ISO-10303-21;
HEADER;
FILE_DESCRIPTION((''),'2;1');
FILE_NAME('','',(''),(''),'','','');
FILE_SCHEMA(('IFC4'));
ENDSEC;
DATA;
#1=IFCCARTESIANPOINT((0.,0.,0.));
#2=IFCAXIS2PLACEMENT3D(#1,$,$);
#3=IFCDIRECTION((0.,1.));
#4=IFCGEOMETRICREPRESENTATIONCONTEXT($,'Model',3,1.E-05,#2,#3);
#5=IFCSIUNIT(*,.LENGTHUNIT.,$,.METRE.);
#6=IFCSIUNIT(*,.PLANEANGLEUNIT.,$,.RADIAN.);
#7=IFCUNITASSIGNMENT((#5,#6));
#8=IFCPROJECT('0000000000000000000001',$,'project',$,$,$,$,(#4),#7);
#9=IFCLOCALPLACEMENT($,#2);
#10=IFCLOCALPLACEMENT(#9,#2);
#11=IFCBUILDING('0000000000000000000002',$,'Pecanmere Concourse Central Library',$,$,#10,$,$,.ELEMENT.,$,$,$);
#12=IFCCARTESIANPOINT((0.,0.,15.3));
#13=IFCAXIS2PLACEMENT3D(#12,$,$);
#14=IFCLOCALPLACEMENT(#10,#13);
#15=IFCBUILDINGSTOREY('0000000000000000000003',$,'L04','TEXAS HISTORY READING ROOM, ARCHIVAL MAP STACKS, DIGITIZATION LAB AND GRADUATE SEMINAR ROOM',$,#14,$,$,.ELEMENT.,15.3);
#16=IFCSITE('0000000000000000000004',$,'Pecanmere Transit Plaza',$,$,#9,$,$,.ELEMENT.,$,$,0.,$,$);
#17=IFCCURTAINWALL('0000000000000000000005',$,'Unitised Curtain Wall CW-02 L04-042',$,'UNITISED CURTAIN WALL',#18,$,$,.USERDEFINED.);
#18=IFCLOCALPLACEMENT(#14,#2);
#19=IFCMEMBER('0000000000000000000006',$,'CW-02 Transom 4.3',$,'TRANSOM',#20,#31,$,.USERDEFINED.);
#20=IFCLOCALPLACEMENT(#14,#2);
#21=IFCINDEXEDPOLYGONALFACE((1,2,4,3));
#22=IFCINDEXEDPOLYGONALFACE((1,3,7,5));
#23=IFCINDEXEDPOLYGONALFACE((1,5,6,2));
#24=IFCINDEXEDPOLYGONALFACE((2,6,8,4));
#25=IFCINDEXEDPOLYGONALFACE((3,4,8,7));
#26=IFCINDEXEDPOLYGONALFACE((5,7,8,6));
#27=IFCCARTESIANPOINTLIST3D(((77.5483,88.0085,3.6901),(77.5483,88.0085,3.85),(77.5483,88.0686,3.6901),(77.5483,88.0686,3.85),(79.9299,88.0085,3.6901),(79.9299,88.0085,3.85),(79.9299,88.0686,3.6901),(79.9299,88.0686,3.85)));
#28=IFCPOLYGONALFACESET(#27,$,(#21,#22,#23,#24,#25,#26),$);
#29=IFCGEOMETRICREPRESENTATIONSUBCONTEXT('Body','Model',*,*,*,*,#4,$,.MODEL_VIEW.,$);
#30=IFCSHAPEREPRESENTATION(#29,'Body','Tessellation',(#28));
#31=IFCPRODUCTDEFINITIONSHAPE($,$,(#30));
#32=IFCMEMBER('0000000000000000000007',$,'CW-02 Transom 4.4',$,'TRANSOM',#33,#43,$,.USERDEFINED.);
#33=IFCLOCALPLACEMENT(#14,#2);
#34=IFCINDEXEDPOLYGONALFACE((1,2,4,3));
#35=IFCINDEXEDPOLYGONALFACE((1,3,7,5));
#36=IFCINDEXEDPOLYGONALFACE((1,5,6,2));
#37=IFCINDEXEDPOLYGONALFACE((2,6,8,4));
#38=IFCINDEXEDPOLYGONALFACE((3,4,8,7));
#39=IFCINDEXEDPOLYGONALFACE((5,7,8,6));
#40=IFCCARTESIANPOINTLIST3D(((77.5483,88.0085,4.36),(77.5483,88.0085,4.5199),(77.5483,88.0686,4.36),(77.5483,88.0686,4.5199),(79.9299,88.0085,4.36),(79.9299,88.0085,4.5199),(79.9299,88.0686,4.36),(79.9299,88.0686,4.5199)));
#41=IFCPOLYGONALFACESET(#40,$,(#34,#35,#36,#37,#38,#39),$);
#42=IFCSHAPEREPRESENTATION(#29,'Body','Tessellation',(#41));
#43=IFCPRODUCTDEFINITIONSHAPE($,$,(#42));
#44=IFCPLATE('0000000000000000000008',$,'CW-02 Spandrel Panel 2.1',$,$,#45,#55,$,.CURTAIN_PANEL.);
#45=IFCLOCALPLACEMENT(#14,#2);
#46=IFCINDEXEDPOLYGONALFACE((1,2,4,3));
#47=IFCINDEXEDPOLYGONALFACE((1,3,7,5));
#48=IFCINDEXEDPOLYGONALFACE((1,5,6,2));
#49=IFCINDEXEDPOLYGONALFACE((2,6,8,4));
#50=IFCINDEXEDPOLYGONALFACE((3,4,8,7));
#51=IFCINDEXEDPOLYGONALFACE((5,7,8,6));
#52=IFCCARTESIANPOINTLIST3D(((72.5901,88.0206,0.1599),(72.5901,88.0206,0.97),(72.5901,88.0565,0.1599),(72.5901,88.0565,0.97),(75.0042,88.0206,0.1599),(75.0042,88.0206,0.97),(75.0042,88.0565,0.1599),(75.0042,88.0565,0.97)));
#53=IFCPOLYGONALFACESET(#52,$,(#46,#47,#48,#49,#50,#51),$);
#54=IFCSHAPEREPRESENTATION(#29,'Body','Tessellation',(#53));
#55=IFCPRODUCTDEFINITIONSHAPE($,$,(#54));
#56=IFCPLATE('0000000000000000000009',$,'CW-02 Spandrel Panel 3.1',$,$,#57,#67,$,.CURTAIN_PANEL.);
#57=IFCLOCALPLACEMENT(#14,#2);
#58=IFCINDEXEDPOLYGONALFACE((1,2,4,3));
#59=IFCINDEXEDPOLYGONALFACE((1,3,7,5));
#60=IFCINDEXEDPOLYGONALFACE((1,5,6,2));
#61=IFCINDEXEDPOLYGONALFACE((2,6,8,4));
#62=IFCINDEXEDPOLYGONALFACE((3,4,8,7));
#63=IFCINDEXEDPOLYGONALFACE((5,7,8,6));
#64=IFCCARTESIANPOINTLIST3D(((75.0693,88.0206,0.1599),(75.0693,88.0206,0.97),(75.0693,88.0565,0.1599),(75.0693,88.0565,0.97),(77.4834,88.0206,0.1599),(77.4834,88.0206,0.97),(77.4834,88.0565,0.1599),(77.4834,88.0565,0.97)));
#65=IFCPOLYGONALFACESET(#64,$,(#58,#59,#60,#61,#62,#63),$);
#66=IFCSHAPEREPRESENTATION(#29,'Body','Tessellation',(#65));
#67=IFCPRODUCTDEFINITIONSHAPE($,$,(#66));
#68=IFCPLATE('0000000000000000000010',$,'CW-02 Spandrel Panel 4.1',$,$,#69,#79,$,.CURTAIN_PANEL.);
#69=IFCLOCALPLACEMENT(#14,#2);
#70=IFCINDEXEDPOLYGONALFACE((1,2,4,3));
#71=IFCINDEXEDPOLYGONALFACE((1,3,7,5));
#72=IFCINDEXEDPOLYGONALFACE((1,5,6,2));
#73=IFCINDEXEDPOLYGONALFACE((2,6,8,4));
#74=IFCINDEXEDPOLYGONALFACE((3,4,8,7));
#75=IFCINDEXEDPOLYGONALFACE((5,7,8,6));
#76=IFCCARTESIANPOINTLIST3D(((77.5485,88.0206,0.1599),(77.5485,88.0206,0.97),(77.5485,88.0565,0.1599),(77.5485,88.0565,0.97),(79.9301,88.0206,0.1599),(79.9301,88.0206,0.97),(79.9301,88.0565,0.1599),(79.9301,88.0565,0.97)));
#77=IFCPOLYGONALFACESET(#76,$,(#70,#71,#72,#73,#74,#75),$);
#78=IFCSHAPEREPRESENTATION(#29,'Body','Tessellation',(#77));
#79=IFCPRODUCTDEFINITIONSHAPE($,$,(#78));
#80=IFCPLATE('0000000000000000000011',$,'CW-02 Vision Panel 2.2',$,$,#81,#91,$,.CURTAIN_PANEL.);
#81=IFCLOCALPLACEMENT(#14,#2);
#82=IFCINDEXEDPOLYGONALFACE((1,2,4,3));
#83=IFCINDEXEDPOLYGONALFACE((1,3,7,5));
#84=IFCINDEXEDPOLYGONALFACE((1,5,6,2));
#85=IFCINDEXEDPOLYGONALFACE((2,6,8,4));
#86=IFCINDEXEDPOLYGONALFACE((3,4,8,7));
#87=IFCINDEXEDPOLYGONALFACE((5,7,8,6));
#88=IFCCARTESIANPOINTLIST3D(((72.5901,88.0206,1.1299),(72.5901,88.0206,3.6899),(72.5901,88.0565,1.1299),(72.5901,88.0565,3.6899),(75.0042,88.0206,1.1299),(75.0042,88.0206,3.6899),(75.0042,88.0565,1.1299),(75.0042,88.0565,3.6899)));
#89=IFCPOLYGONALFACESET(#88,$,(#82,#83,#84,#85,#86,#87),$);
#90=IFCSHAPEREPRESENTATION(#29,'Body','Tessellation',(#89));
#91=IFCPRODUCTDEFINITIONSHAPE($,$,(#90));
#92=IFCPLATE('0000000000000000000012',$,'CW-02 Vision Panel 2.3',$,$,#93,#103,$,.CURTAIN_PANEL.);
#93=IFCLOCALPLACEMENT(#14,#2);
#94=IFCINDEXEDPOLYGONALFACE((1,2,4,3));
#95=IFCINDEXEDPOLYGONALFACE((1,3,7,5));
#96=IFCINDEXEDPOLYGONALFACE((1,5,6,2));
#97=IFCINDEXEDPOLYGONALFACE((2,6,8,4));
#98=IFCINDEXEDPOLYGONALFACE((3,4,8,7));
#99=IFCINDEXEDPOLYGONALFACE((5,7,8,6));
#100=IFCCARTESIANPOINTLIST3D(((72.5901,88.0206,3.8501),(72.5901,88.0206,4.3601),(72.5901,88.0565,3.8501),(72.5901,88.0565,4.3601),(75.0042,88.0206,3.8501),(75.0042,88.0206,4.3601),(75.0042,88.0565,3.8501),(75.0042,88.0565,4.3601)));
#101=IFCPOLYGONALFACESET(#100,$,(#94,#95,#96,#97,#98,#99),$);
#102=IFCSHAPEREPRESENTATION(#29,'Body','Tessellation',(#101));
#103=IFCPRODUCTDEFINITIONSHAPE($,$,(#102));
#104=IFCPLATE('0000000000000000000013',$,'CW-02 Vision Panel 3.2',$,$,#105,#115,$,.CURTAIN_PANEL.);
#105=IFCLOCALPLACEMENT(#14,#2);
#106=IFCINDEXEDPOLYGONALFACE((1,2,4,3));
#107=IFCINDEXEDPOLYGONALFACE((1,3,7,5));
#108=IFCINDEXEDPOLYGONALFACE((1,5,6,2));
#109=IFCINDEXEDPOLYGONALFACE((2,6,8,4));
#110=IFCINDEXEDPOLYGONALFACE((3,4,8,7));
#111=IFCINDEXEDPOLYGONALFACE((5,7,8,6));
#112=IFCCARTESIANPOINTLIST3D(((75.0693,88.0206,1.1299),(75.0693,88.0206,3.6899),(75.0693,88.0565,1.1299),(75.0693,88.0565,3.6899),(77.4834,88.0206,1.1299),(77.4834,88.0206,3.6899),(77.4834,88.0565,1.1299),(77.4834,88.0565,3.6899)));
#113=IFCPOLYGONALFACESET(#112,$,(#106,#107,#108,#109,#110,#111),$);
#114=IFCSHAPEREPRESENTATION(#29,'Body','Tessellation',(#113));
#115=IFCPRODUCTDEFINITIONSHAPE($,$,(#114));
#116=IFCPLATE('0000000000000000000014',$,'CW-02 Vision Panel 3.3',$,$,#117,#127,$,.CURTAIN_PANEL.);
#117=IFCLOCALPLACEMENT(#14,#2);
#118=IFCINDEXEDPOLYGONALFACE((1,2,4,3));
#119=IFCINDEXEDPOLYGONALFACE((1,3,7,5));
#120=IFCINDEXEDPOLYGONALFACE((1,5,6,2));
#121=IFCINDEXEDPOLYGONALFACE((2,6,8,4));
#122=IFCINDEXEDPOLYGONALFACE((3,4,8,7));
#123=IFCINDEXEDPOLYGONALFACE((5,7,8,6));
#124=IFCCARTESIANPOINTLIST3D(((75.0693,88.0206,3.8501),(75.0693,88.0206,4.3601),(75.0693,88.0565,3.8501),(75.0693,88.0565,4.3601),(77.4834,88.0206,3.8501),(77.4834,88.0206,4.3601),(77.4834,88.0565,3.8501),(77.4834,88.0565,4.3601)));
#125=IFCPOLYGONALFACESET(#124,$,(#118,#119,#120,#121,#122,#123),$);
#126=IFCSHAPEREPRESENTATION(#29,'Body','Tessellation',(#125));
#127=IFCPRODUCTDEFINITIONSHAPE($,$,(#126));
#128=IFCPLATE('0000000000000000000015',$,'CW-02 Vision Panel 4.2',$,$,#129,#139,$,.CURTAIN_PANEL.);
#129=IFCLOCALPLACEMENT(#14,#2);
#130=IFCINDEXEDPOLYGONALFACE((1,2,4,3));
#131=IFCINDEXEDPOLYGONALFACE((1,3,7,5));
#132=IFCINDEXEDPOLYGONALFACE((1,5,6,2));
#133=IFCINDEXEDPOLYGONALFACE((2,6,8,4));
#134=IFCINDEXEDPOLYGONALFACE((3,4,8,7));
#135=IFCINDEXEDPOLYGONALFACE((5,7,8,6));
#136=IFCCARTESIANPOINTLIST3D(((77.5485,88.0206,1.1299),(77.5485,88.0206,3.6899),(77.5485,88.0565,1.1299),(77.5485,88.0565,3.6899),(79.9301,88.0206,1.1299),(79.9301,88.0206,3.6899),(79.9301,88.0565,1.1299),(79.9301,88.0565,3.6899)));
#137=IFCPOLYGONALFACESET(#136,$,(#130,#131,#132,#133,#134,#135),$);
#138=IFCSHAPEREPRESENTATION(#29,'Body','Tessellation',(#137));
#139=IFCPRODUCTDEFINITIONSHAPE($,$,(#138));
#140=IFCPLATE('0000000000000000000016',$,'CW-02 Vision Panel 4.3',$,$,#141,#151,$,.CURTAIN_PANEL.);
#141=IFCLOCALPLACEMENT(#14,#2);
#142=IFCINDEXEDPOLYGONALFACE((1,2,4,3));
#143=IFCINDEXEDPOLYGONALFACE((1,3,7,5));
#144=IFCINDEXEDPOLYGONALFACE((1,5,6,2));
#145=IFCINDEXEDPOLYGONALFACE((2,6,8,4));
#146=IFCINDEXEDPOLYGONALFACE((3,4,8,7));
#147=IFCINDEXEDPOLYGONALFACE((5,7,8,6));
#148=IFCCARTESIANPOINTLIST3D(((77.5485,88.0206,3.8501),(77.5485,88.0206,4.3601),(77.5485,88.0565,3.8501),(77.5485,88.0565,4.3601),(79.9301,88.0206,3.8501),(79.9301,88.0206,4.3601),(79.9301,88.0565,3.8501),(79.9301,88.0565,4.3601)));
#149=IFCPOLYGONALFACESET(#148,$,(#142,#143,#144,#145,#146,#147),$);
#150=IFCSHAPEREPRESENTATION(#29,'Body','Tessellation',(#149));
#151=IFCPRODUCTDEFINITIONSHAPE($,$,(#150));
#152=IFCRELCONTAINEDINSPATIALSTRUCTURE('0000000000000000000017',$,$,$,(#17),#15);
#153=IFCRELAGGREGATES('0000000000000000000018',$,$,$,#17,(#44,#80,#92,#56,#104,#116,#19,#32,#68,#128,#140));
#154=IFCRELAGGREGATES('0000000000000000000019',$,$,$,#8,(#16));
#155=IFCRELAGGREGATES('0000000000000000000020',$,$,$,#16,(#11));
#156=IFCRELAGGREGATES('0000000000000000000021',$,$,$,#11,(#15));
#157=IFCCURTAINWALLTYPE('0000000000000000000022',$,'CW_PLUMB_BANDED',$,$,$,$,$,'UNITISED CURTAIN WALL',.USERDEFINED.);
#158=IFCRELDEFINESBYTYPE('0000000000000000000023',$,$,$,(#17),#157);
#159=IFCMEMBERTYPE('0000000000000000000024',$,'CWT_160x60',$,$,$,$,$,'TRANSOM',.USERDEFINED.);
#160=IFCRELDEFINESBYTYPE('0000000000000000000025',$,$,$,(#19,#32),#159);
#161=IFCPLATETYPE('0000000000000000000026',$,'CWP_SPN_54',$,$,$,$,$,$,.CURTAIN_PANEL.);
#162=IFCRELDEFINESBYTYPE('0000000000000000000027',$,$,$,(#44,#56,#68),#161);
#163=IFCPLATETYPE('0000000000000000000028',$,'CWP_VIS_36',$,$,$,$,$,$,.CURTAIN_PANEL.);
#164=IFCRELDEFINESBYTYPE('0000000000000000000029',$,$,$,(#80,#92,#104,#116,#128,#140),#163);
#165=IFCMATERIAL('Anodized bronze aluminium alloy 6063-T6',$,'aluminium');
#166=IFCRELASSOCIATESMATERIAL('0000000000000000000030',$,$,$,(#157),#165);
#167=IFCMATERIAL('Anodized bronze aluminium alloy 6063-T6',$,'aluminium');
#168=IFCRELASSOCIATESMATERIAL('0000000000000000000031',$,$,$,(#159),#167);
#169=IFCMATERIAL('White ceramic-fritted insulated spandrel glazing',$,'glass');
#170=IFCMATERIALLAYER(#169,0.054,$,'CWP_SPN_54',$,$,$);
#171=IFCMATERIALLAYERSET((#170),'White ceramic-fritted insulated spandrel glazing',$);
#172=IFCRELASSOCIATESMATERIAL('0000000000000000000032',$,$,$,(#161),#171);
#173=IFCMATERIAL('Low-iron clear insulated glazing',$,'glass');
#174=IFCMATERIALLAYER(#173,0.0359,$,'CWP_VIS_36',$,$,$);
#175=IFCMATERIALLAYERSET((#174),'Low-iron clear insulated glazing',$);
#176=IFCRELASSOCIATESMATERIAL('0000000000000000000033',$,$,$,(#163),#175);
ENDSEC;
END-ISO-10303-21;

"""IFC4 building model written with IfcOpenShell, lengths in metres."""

from ifc_helpers import new_model, si_unit, direction, frame, origin, origin_2d, place, context, subcontext, project, spatial, rectangle, extrude, material, layer, layer_set, material_profile, profile_set, type_object, element, aggregate, save


model = new_model("IFC4")

# Units and contexts
model_context = context("Model", 3, precision=1e-05, world=origin(), true_north=direction((0.0, 1.0)))
body_context = subcontext(model_context, "Body", "Model", "MODEL_VIEW")
ifc_project = project(units=[si_unit("LENGTHUNIT", "METRE"), si_unit("PLANEANGLEUNIT", "RADIAN")], contexts=[model_context])

# Site, building, storey
site_placement = place(None, origin())
site = spatial("IfcSite", under=ifc_project, at=site_placement, Name="Pecanmere Transit Plaza", CompositionType="ELEMENT", RefElevation=0.0)
building_placement = place(site_placement, origin())
building = spatial("IfcBuilding", under=site, at=building_placement, Name="Pecanmere Concourse Central Library", CompositionType="ELEMENT")
storey_placement = place(building_placement, frame((0.0, 0.0, 15.3)))
storey = spatial("IfcBuildingStorey", under=building, at=storey_placement, Name="L04", Description="TEXAS HISTORY READING ROOM, ARCHIVAL MAP STACKS, DIGITIZATION LAB AND GRADUATE SEMINAR ROOM", CompositionType="ELEMENT", Elevation=15.3)

# Curtain wall
ifc_material_1 = material(Name="Anodized bronze aluminium alloy 6063-T6", Category="aluminium")
curtain_wall_type = type_object("IfcCurtainWallType", Name="CW_PLUMB_BANDED", ElementType="UNITISED CURTAIN WALL", PredefinedType="USERDEFINED", material=ifc_material_1)
curtain_wall_1_placement = place(storey_placement, origin())
curtain_wall_1 = element("IfcCurtainWall", 1, at=curtain_wall_1_placement, inside=storey, type_object=curtain_wall_type, Name="Unitised Curtain Wall CW-02 L04-042", ObjectType="UNITISED CURTAIN WALL", PredefinedType="USERDEFINED")

# Members
ifc_material_2 = material(Name="Anodized bronze aluminium alloy 6063-T6", Category="aluminium")
ifc_material_profile_1 = material_profile(ifc_material_2, rectangle(XDim=0.0601, YDim=0.1599, at=origin_2d()), Name="AL 60x160")
ifc_profile_set_1 = profile_set([ifc_material_profile_1], Name="Anodized bronze aluminium alloy 6063-T6")
member_type_1 = type_object("IfcMemberType", Name="CWT_160x60", ElementType="TRANSOM", PredefinedType="USERDEFINED", material=ifc_profile_set_1)
member_1_placement = place(storey_placement, frame((77.5483, 88.0386, 3.77), z_axis=(1.0, 0.0, 0.0), x_axis=(0.0, 1.0, 0.0)))
member_1 = element("IfcMember", 2, at=member_1_placement, type_object=member_type_1, Name="CW-02 Transom 4.3", ObjectType="TRANSOM", PredefinedType="USERDEFINED", context=body_context, shape_type="SweptSolid", body=[
    extrude(rectangle(XDim=0.0601, YDim=0.1599, at=origin_2d()), origin(), (0.0, 0.0, 1.0), 2.3816),
])
member_2_placement = place(storey_placement, frame((77.5483, 88.0386, 4.4399), z_axis=(1.0, 0.0, 0.0), x_axis=(0.0, 1.0, 0.0)))
member_2 = element("IfcMember", 3, at=member_2_placement, type_object=member_type_1, Name="CW-02 Transom 4.4", ObjectType="TRANSOM", PredefinedType="USERDEFINED", context=body_context, shape_type="SweptSolid", body=[
    extrude(rectangle(XDim=0.0601, YDim=0.1599, at=origin_2d()), origin(), (0.0, 0.0, 1.0), 2.3816),
])

# Plates
ifc_material_3 = material(Name="White ceramic-fritted insulated spandrel glazing", Category="glass")
ifc_layer_1 = layer(ifc_material_3, 0.054, Name="CWP_SPN_54")
ifc_layer_set_1 = layer_set([ifc_layer_1], Name="White ceramic-fritted insulated spandrel glazing")
plate_type_1 = type_object("IfcPlateType", Name="CWP_SPN_54", PredefinedType="CURTAIN_PANEL", material=ifc_layer_set_1)
plate_1_placement = place(storey_placement, frame((73.7971, 88.0386, 0.1599), z_axis=(0.0, 0.0, 1.0), x_axis=(1.0, 0.0, 0.0)))
plate_1 = element("IfcPlate", 4, at=plate_1_placement, type_object=plate_type_1, Name="CW-02 Spandrel Panel 2.1", PredefinedType="CURTAIN_PANEL", context=body_context, shape_type="SweptSolid", body=[
    extrude(rectangle(XDim=2.4141, YDim=0.0359, at=origin_2d()), origin(), (0.0, 0.0, 1.0), 0.8101),
])
plate_2_placement = place(storey_placement, frame((76.2764, 88.0386, 0.1599), z_axis=(0.0, 0.0, 1.0), x_axis=(1.0, 0.0, 0.0)))
plate_2 = element("IfcPlate", 5, at=plate_2_placement, type_object=plate_type_1, Name="CW-02 Spandrel Panel 3.1", PredefinedType="CURTAIN_PANEL", context=body_context, shape_type="SweptSolid", body=[
    extrude(rectangle(XDim=2.4141, YDim=0.0359, at=origin_2d()), origin(), (0.0, 0.0, 1.0), 0.8101),
])
plate_3_placement = place(storey_placement, frame((78.7393, 88.0386, 0.1599), z_axis=(0.0, 0.0, 1.0), x_axis=(1.0, 0.0, 0.0)))
plate_3 = element("IfcPlate", 6, at=plate_3_placement, type_object=plate_type_1, Name="CW-02 Spandrel Panel 4.1", PredefinedType="CURTAIN_PANEL", context=body_context, shape_type="SweptSolid", body=[
    extrude(rectangle(XDim=2.3816, YDim=0.0359, at=origin_2d()), origin(), (0.0, 0.0, 1.0), 0.8101),
])
ifc_material_4 = material(Name="Low-iron clear insulated glazing", Category="glass")
ifc_layer_2 = layer(ifc_material_4, 0.0359, Name="CWP_VIS_36")
ifc_layer_set_2 = layer_set([ifc_layer_2], Name="Low-iron clear insulated glazing")
plate_type_2 = type_object("IfcPlateType", Name="CWP_VIS_36", PredefinedType="CURTAIN_PANEL", material=ifc_layer_set_2)
plate_4_placement = place(storey_placement, frame((73.7971, 88.0386, 1.1299), z_axis=(0.0, 0.0, 1.0), x_axis=(1.0, 0.0, 0.0)))
plate_4 = element("IfcPlate", 7, at=plate_4_placement, type_object=plate_type_2, Name="CW-02 Vision Panel 2.2", PredefinedType="CURTAIN_PANEL", context=body_context, shape_type="SweptSolid", body=[
    extrude(rectangle(XDim=2.4141, YDim=0.0359, at=origin_2d()), origin(), (0.0, 0.0, 1.0), 2.5601),
])
plate_5_placement = place(storey_placement, frame((73.7971, 88.0386, 3.8501), z_axis=(0.0, 0.0, 1.0), x_axis=(1.0, 0.0, 0.0)))
plate_5 = element("IfcPlate", 8, at=plate_5_placement, type_object=plate_type_2, Name="CW-02 Vision Panel 2.3", PredefinedType="CURTAIN_PANEL", context=body_context, shape_type="SweptSolid", body=[
    extrude(rectangle(XDim=2.4141, YDim=0.0359, at=origin_2d()), origin(), (0.0, 0.0, 1.0), 0.51),
])
plate_6_placement = place(storey_placement, frame((76.2764, 88.0386, 1.1299), z_axis=(0.0, 0.0, 1.0), x_axis=(1.0, 0.0, 0.0)))
plate_6 = element("IfcPlate", 9, at=plate_6_placement, type_object=plate_type_2, Name="CW-02 Vision Panel 3.2", PredefinedType="CURTAIN_PANEL", context=body_context, shape_type="SweptSolid", body=[
    extrude(rectangle(XDim=2.4141, YDim=0.0359, at=origin_2d()), origin(), (0.0, 0.0, 1.0), 2.5601),
])
plate_7_placement = place(storey_placement, frame((76.2764, 88.0386, 3.8501), z_axis=(0.0, 0.0, 1.0), x_axis=(1.0, 0.0, 0.0)))
plate_7 = element("IfcPlate", 10, at=plate_7_placement, type_object=plate_type_2, Name="CW-02 Vision Panel 3.3", PredefinedType="CURTAIN_PANEL", context=body_context, shape_type="SweptSolid", body=[
    extrude(rectangle(XDim=2.4141, YDim=0.0359, at=origin_2d()), origin(), (0.0, 0.0, 1.0), 0.51),
])
plate_8_placement = place(storey_placement, frame((78.7393, 88.0386, 1.1299), z_axis=(0.0, 0.0, 1.0), x_axis=(1.0, 0.0, 0.0)))
plate_8 = element("IfcPlate", 11, at=plate_8_placement, type_object=plate_type_2, Name="CW-02 Vision Panel 4.2", PredefinedType="CURTAIN_PANEL", context=body_context, shape_type="SweptSolid", body=[
    extrude(rectangle(XDim=2.3816, YDim=0.0359, at=origin_2d()), origin(), (0.0, 0.0, 1.0), 2.5601),
])
plate_9_placement = place(storey_placement, frame((78.7393, 88.0386, 3.8501), z_axis=(0.0, 0.0, 1.0), x_axis=(1.0, 0.0, 0.0)))
plate_9 = element("IfcPlate", 12, at=plate_9_placement, type_object=plate_type_2, Name="CW-02 Vision Panel 4.3", PredefinedType="CURTAIN_PANEL", context=body_context, shape_type="SweptSolid", body=[
    extrude(rectangle(XDim=2.3816, YDim=0.0359, at=origin_2d()), origin(), (0.0, 0.0, 1.0), 0.51),
])
aggregate(curtain_wall_1, [plate_1, plate_4, plate_5, plate_2, plate_6, plate_7, member_1, member_2, plate_3, plate_8, plate_9])

save(model, "model.ifc")
